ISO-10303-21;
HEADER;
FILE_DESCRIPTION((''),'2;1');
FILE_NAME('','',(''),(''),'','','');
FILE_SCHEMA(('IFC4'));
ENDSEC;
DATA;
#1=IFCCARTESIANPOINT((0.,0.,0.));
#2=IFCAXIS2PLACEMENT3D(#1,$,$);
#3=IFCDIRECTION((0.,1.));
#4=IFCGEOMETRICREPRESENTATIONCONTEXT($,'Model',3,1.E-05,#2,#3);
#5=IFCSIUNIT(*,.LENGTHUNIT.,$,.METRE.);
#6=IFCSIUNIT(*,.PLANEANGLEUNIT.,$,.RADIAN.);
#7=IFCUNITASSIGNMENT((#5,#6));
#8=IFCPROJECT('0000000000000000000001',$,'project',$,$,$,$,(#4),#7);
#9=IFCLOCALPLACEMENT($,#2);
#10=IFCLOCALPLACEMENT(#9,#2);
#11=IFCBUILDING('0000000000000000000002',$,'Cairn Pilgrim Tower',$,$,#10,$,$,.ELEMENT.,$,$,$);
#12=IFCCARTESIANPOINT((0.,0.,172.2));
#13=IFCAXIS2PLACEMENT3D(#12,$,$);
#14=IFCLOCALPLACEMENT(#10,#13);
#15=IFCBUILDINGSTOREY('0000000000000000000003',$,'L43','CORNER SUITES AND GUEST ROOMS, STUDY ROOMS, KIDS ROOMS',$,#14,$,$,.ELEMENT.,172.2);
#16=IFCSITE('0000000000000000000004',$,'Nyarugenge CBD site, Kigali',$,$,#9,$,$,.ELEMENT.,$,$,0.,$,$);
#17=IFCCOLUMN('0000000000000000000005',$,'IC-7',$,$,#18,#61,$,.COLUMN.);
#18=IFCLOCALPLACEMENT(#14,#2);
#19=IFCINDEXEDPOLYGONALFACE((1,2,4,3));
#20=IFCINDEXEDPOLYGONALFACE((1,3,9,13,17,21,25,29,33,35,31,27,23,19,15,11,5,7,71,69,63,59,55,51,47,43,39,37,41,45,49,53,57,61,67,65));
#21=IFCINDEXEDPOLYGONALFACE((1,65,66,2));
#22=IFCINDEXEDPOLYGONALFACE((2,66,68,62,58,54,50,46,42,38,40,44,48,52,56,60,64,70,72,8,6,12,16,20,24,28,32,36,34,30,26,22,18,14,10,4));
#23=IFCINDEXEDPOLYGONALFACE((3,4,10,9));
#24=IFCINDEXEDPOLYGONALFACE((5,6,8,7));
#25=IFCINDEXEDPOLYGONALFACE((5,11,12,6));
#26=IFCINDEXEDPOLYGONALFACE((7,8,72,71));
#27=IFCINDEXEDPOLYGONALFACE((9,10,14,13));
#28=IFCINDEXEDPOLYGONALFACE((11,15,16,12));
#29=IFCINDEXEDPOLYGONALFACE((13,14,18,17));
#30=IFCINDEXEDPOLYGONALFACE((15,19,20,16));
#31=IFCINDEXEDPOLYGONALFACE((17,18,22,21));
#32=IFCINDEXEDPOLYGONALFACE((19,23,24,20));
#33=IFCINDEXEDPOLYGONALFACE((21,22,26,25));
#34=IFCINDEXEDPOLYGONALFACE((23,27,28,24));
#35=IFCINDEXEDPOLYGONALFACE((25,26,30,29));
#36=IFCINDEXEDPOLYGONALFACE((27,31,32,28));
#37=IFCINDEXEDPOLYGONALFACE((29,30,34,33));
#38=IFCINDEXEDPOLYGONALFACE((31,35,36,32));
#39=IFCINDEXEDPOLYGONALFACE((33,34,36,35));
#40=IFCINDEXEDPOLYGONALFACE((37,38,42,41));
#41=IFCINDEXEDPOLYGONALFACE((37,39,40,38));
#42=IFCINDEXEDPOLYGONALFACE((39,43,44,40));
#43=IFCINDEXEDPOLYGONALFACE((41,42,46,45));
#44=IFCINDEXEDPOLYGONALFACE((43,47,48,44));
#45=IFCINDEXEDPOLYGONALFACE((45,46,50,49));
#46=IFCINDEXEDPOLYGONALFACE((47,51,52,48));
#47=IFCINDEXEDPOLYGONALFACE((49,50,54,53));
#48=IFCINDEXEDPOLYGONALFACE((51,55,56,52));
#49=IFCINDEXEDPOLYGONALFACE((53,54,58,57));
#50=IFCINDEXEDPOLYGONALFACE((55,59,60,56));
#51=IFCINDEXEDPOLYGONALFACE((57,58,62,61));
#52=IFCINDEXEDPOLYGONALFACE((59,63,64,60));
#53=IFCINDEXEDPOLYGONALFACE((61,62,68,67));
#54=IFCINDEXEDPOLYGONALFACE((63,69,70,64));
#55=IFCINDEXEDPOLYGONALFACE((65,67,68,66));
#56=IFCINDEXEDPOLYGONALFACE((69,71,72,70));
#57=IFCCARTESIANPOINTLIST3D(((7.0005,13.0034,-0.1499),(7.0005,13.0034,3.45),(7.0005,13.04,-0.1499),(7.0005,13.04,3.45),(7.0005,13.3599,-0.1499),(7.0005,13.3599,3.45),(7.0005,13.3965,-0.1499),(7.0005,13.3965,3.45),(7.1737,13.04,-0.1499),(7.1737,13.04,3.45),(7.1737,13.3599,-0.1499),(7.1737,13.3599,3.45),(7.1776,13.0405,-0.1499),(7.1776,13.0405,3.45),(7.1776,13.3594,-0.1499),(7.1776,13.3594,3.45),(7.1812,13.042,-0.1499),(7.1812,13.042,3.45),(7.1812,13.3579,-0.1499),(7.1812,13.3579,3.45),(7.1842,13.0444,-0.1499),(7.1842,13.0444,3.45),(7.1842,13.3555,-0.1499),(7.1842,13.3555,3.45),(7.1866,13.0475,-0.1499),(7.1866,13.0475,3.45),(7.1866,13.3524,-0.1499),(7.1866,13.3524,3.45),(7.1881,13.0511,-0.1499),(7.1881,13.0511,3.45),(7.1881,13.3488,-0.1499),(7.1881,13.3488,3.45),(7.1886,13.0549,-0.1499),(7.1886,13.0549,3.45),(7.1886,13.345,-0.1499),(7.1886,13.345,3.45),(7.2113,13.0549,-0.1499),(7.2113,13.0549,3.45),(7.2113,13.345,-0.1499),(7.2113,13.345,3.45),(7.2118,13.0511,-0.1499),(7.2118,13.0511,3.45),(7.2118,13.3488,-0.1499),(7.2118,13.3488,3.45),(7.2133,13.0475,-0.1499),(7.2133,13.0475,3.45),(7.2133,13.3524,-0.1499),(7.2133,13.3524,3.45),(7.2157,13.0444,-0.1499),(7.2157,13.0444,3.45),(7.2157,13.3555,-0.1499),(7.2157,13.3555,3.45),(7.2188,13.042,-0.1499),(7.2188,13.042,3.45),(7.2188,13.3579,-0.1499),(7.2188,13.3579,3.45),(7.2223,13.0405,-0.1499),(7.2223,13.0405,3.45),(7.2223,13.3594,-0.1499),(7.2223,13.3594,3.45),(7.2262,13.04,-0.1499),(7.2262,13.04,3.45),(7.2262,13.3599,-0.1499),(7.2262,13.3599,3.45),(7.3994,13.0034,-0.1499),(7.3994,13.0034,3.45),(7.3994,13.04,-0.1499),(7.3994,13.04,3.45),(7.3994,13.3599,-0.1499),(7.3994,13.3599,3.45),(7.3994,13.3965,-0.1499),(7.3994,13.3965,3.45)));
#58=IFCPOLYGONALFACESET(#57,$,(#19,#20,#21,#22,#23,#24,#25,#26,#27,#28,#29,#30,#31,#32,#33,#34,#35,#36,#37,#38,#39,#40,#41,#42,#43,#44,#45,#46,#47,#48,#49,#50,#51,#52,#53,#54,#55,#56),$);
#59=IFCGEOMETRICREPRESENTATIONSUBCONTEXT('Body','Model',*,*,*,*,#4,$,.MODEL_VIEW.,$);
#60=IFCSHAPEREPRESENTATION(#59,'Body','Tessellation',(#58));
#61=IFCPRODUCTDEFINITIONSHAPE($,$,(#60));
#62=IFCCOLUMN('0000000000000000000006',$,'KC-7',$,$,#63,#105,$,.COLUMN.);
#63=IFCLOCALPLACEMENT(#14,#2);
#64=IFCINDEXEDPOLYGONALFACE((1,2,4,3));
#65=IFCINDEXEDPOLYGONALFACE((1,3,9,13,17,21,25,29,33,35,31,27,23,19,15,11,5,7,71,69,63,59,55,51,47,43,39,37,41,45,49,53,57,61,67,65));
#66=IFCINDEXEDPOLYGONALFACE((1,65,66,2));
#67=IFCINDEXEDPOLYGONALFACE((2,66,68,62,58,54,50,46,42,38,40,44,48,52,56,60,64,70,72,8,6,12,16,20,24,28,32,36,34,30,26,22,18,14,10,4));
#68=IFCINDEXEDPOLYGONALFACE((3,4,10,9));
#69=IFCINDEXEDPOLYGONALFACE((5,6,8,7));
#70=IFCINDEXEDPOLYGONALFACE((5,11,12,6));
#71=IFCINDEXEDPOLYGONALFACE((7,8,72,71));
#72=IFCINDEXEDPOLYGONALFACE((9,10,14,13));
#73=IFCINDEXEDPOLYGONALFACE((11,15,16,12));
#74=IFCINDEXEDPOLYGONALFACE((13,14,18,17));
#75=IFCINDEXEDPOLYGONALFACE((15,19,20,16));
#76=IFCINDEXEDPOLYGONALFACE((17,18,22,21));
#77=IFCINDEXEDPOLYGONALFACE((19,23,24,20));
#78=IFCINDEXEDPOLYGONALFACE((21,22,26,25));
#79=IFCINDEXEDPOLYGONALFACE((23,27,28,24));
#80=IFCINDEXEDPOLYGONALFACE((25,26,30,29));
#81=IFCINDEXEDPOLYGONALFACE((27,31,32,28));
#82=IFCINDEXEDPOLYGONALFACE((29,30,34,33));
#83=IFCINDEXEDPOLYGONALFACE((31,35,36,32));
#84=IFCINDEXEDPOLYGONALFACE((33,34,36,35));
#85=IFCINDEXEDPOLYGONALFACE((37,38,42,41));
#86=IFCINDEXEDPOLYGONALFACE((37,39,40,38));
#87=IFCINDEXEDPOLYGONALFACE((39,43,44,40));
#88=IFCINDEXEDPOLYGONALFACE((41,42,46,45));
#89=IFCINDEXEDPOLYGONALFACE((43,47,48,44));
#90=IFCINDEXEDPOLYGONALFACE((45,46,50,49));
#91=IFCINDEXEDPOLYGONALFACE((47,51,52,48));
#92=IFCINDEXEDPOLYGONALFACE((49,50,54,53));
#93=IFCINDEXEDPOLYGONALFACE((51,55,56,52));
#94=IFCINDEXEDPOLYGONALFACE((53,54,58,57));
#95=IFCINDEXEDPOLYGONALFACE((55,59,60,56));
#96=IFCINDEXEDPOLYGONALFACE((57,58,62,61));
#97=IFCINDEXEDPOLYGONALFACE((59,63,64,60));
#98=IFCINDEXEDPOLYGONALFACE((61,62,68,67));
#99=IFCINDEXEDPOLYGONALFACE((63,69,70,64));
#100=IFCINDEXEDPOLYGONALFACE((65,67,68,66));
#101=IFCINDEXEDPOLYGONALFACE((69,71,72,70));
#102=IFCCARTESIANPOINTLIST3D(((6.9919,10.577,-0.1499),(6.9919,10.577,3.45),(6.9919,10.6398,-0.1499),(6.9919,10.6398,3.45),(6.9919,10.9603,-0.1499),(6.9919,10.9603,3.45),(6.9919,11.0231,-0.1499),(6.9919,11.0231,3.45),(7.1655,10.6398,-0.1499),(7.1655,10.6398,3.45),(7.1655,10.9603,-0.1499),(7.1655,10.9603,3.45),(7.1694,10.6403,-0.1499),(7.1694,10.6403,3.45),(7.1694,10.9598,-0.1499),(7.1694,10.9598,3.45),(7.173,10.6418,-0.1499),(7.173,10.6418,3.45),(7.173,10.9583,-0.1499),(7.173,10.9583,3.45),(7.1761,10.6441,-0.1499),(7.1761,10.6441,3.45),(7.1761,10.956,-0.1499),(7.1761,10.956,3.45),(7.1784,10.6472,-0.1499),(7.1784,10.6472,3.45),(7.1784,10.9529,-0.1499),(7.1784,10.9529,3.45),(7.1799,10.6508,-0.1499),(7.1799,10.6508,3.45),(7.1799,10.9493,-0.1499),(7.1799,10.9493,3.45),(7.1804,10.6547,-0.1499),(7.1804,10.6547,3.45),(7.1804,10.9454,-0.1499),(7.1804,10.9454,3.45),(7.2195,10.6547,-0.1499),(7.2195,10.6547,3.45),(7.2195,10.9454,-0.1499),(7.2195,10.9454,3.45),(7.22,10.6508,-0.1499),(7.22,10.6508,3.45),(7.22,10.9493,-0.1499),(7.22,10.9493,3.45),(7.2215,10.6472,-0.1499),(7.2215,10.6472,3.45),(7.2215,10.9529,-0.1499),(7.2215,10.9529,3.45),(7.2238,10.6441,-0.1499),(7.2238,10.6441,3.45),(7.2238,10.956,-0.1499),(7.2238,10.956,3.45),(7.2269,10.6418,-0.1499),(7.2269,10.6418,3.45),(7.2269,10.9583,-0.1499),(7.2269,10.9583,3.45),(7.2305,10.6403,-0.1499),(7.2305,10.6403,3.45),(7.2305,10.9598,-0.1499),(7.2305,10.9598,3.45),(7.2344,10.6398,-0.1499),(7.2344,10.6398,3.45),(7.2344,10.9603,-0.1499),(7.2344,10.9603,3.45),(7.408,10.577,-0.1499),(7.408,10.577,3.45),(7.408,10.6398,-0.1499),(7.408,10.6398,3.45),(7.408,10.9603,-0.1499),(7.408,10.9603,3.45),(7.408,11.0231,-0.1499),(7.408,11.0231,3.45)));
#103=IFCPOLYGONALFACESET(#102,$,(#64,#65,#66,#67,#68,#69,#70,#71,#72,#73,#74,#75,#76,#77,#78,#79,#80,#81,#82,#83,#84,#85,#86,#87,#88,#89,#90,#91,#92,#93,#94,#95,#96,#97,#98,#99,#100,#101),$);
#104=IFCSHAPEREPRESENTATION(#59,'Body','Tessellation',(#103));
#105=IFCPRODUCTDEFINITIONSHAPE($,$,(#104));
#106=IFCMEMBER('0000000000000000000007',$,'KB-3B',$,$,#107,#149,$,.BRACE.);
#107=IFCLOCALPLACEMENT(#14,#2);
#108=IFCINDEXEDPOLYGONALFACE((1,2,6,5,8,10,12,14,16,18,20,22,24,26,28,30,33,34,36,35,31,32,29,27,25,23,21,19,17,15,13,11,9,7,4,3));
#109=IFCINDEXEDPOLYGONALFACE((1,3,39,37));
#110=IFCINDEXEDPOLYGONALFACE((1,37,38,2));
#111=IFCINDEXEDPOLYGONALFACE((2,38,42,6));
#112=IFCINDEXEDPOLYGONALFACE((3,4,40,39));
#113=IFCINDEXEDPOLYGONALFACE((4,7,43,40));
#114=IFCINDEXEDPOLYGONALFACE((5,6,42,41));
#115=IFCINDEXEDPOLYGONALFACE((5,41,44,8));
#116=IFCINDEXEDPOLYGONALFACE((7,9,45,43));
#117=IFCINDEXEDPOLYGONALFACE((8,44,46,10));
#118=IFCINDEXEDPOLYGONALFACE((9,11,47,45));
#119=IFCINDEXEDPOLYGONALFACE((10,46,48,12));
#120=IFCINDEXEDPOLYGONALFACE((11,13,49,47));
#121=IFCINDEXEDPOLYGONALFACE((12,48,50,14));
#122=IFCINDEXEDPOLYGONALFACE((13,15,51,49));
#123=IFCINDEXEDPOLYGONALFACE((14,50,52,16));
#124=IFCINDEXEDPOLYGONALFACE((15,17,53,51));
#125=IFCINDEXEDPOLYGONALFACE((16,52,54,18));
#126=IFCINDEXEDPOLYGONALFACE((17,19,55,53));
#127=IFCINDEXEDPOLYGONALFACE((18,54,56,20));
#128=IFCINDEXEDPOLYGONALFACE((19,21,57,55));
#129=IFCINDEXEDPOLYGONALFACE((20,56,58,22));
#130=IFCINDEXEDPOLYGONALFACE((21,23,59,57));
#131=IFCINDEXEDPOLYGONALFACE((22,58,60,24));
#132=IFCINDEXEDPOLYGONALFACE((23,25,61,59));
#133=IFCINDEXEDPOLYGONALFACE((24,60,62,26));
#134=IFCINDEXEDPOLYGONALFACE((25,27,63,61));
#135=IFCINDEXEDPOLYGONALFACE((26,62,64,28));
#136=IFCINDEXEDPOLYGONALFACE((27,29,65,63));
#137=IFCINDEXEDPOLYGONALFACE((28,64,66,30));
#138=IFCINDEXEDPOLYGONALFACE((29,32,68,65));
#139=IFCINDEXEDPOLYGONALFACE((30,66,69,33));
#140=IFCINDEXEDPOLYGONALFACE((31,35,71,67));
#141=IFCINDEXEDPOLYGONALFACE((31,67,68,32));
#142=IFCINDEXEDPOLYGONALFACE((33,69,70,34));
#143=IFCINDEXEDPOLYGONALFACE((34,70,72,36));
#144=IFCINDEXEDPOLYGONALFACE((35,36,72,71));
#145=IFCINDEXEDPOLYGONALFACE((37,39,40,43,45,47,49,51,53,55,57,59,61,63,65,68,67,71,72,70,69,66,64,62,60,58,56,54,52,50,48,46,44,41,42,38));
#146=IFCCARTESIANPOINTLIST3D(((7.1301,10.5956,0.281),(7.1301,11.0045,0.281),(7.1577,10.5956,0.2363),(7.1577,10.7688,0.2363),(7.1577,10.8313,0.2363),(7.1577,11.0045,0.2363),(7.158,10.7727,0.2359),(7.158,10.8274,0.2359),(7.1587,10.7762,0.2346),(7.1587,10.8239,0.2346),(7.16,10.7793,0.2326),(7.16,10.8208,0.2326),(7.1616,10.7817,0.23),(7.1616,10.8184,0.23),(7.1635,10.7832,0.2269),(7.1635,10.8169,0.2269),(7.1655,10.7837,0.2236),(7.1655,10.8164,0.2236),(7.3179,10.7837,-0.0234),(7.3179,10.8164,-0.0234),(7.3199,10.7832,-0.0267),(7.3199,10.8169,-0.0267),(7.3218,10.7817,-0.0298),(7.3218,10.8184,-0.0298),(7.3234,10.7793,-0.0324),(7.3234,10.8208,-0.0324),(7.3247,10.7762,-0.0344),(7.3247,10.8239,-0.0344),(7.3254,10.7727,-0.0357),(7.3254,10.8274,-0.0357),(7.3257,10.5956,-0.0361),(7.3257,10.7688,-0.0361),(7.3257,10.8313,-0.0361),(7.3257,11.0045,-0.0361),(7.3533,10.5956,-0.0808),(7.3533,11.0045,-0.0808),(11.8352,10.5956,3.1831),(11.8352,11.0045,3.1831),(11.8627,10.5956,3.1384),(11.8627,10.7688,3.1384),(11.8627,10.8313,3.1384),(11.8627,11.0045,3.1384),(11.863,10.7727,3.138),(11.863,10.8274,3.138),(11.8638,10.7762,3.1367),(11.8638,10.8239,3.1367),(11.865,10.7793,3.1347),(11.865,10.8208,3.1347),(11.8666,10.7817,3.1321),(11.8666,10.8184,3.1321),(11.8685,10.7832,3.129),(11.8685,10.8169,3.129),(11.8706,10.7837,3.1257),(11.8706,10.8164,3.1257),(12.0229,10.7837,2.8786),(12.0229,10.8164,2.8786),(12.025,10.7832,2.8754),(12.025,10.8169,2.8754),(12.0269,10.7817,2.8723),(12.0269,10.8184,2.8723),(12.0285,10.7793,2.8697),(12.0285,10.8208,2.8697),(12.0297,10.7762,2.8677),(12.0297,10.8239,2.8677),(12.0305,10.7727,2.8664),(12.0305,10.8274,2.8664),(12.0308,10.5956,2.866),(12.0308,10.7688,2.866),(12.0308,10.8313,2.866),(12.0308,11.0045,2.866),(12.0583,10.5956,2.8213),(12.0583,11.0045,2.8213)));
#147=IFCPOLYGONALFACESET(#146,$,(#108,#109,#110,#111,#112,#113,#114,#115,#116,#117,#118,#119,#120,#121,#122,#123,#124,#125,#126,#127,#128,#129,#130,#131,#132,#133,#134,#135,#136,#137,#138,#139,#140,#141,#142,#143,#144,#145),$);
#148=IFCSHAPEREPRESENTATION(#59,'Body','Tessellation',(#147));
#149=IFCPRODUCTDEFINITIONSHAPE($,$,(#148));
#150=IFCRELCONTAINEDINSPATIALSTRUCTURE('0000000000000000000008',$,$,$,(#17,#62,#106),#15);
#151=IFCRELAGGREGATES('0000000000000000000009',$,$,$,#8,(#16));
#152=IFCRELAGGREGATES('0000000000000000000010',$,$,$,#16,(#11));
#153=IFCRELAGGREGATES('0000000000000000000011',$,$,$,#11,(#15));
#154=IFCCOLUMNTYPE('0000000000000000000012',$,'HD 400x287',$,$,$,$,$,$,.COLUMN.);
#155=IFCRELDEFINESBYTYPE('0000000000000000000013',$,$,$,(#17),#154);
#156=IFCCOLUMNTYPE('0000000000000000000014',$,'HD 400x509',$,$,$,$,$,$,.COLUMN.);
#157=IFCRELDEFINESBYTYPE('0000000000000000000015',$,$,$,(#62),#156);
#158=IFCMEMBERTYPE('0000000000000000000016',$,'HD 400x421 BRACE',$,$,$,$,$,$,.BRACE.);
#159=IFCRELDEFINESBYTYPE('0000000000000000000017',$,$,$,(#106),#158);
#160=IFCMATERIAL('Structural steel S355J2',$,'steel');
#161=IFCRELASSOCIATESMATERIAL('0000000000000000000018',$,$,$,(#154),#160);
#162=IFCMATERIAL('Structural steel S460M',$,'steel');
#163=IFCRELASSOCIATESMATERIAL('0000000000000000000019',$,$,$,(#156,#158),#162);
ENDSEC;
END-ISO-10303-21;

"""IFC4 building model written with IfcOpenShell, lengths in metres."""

from ifc_helpers import new_model, si_unit, direction, frame, origin, origin_2d, place, context, subcontext, project, spatial, i_section, extrude, material, material_profile, profile_set, type_object, element, save


model = new_model("IFC4")

# Units and contexts
model_context = context("Model", 3, precision=1e-05, world=origin(), true_north=direction((0.0, 1.0)))
body_context = subcontext(model_context, "Body", "Model", "MODEL_VIEW")
ifc_project = project(units=[si_unit("LENGTHUNIT", "METRE"), si_unit("PLANEANGLEUNIT", "RADIAN")], contexts=[model_context])

# Site, building, storey
site_placement = place(None, origin())
site = spatial("IfcSite", under=ifc_project, at=site_placement, Name="Nyarugenge CBD site, Kigali", CompositionType="ELEMENT", RefElevation=0.0)
building_placement = place(site_placement, origin())
building = spatial("IfcBuilding", under=site, at=building_placement, Name="Cairn Pilgrim Tower", CompositionType="ELEMENT")
storey_placement = place(building_placement, frame((0.0, 0.0, 172.2)))
storey = spatial("IfcBuildingStorey", under=building, at=storey_placement, Name="L43", Description="CORNER SUITES AND GUEST ROOMS, STUDY ROOMS, KIDS ROOMS", CompositionType="ELEMENT", Elevation=172.2)

# Columns
ifc_material_1 = material(Name="Structural steel S355J2", Category="steel")
ifc_material_profile_1 = material_profile(ifc_material_1, i_section(OverallWidth=0.3989, OverallDepth=0.3931, WebThickness=0.0227, FlangeThickness=0.0366, FilletRadius=0.0149, at=origin_2d()), Name="HD 400x287")
ifc_profile_set_1 = profile_set([ifc_material_profile_1], Name="Structural steel S355J2")
column_type_1 = type_object("IfcColumnType", Name="HD 400x287", PredefinedType="COLUMN", material=ifc_profile_set_1)
column_1_placement = place(storey_placement, frame((7.2, 13.2, -0.1499), z_axis=(0.0, 0.0, 1.0), x_axis=(1.0, 0.0, 0.0)))
element("IfcColumn", 1, at=column_1_placement, inside=storey, type_object=column_type_1, Name="IC-7", PredefinedType="COLUMN", context=body_context, shape_type="SweptSolid", body=[
    extrude(i_section(OverallWidth=0.3989, OverallDepth=0.3931, WebThickness=0.0227, FlangeThickness=0.0366, FilletRadius=0.0149, at=origin_2d()), origin(), (0.0, 0.0, 1.0), 3.5999),
])
ifc_material_2 = material(Name="Structural steel S460M", Category="steel")
ifc_material_profile_2 = material_profile(ifc_material_2, i_section(OverallWidth=0.416, OverallDepth=0.446, WebThickness=0.0391, FlangeThickness=0.0627, FilletRadius=0.0149, at=origin_2d()), Name="HD 400x509")
ifc_profile_set_2 = profile_set([ifc_material_profile_2], Name="Structural steel S460M")
column_type_2 = type_object("IfcColumnType", Name="HD 400x509", PredefinedType="COLUMN", material=ifc_profile_set_2)
column_2_placement = place(storey_placement, frame((7.2, 10.8, -0.1499), z_axis=(0.0, 0.0, 1.0), x_axis=(1.0, 0.0, 0.0)))
element("IfcColumn", 2, at=column_2_placement, inside=storey, type_object=column_type_2, Name="KC-7", PredefinedType="COLUMN", context=body_context, shape_type="SweptSolid", body=[
    extrude(i_section(OverallWidth=0.416, OverallDepth=0.446, WebThickness=0.0391, FlangeThickness=0.0627, FilletRadius=0.0149, at=origin_2d()), origin(), (0.0, 0.0, 1.0), 3.5999),
])

# Member
ifc_material_profile_3 = material_profile(ifc_material_2, i_section(OverallWidth=0.4089, OverallDepth=0.425, WebThickness=0.0327, FlangeThickness=0.0525, FilletRadius=0.0149, at=origin_2d()), Name="HD 400x421")
ifc_profile_set_3 = profile_set([ifc_material_profile_3], Name="Structural steel S460M")
member_type = type_object("IfcMemberType", Name="HD 400x421 BRACE", PredefinedType="BRACE", material=ifc_profile_set_3)
member_placement = place(storey_placement, frame((7.2417, 10.8, 0.1001), z_axis=(0.85112, 0.0, 0.524972), x_axis=(0.0, 1.0, 0.0)))
element("IfcMember", 3, at=member_placement, inside=storey, type_object=member_type, Name="KB-3B", PredefinedType="BRACE", context=body_context, shape_type="SweptSolid", body=[
    extrude(i_section(OverallWidth=0.4089, OverallDepth=0.425, WebThickness=0.0327, FlangeThickness=0.0525, FilletRadius=0.0149, at=origin_2d()), origin(), (0.0, 0.0, 1.0), 5.5281),
])

save(model, "model.ifc")
